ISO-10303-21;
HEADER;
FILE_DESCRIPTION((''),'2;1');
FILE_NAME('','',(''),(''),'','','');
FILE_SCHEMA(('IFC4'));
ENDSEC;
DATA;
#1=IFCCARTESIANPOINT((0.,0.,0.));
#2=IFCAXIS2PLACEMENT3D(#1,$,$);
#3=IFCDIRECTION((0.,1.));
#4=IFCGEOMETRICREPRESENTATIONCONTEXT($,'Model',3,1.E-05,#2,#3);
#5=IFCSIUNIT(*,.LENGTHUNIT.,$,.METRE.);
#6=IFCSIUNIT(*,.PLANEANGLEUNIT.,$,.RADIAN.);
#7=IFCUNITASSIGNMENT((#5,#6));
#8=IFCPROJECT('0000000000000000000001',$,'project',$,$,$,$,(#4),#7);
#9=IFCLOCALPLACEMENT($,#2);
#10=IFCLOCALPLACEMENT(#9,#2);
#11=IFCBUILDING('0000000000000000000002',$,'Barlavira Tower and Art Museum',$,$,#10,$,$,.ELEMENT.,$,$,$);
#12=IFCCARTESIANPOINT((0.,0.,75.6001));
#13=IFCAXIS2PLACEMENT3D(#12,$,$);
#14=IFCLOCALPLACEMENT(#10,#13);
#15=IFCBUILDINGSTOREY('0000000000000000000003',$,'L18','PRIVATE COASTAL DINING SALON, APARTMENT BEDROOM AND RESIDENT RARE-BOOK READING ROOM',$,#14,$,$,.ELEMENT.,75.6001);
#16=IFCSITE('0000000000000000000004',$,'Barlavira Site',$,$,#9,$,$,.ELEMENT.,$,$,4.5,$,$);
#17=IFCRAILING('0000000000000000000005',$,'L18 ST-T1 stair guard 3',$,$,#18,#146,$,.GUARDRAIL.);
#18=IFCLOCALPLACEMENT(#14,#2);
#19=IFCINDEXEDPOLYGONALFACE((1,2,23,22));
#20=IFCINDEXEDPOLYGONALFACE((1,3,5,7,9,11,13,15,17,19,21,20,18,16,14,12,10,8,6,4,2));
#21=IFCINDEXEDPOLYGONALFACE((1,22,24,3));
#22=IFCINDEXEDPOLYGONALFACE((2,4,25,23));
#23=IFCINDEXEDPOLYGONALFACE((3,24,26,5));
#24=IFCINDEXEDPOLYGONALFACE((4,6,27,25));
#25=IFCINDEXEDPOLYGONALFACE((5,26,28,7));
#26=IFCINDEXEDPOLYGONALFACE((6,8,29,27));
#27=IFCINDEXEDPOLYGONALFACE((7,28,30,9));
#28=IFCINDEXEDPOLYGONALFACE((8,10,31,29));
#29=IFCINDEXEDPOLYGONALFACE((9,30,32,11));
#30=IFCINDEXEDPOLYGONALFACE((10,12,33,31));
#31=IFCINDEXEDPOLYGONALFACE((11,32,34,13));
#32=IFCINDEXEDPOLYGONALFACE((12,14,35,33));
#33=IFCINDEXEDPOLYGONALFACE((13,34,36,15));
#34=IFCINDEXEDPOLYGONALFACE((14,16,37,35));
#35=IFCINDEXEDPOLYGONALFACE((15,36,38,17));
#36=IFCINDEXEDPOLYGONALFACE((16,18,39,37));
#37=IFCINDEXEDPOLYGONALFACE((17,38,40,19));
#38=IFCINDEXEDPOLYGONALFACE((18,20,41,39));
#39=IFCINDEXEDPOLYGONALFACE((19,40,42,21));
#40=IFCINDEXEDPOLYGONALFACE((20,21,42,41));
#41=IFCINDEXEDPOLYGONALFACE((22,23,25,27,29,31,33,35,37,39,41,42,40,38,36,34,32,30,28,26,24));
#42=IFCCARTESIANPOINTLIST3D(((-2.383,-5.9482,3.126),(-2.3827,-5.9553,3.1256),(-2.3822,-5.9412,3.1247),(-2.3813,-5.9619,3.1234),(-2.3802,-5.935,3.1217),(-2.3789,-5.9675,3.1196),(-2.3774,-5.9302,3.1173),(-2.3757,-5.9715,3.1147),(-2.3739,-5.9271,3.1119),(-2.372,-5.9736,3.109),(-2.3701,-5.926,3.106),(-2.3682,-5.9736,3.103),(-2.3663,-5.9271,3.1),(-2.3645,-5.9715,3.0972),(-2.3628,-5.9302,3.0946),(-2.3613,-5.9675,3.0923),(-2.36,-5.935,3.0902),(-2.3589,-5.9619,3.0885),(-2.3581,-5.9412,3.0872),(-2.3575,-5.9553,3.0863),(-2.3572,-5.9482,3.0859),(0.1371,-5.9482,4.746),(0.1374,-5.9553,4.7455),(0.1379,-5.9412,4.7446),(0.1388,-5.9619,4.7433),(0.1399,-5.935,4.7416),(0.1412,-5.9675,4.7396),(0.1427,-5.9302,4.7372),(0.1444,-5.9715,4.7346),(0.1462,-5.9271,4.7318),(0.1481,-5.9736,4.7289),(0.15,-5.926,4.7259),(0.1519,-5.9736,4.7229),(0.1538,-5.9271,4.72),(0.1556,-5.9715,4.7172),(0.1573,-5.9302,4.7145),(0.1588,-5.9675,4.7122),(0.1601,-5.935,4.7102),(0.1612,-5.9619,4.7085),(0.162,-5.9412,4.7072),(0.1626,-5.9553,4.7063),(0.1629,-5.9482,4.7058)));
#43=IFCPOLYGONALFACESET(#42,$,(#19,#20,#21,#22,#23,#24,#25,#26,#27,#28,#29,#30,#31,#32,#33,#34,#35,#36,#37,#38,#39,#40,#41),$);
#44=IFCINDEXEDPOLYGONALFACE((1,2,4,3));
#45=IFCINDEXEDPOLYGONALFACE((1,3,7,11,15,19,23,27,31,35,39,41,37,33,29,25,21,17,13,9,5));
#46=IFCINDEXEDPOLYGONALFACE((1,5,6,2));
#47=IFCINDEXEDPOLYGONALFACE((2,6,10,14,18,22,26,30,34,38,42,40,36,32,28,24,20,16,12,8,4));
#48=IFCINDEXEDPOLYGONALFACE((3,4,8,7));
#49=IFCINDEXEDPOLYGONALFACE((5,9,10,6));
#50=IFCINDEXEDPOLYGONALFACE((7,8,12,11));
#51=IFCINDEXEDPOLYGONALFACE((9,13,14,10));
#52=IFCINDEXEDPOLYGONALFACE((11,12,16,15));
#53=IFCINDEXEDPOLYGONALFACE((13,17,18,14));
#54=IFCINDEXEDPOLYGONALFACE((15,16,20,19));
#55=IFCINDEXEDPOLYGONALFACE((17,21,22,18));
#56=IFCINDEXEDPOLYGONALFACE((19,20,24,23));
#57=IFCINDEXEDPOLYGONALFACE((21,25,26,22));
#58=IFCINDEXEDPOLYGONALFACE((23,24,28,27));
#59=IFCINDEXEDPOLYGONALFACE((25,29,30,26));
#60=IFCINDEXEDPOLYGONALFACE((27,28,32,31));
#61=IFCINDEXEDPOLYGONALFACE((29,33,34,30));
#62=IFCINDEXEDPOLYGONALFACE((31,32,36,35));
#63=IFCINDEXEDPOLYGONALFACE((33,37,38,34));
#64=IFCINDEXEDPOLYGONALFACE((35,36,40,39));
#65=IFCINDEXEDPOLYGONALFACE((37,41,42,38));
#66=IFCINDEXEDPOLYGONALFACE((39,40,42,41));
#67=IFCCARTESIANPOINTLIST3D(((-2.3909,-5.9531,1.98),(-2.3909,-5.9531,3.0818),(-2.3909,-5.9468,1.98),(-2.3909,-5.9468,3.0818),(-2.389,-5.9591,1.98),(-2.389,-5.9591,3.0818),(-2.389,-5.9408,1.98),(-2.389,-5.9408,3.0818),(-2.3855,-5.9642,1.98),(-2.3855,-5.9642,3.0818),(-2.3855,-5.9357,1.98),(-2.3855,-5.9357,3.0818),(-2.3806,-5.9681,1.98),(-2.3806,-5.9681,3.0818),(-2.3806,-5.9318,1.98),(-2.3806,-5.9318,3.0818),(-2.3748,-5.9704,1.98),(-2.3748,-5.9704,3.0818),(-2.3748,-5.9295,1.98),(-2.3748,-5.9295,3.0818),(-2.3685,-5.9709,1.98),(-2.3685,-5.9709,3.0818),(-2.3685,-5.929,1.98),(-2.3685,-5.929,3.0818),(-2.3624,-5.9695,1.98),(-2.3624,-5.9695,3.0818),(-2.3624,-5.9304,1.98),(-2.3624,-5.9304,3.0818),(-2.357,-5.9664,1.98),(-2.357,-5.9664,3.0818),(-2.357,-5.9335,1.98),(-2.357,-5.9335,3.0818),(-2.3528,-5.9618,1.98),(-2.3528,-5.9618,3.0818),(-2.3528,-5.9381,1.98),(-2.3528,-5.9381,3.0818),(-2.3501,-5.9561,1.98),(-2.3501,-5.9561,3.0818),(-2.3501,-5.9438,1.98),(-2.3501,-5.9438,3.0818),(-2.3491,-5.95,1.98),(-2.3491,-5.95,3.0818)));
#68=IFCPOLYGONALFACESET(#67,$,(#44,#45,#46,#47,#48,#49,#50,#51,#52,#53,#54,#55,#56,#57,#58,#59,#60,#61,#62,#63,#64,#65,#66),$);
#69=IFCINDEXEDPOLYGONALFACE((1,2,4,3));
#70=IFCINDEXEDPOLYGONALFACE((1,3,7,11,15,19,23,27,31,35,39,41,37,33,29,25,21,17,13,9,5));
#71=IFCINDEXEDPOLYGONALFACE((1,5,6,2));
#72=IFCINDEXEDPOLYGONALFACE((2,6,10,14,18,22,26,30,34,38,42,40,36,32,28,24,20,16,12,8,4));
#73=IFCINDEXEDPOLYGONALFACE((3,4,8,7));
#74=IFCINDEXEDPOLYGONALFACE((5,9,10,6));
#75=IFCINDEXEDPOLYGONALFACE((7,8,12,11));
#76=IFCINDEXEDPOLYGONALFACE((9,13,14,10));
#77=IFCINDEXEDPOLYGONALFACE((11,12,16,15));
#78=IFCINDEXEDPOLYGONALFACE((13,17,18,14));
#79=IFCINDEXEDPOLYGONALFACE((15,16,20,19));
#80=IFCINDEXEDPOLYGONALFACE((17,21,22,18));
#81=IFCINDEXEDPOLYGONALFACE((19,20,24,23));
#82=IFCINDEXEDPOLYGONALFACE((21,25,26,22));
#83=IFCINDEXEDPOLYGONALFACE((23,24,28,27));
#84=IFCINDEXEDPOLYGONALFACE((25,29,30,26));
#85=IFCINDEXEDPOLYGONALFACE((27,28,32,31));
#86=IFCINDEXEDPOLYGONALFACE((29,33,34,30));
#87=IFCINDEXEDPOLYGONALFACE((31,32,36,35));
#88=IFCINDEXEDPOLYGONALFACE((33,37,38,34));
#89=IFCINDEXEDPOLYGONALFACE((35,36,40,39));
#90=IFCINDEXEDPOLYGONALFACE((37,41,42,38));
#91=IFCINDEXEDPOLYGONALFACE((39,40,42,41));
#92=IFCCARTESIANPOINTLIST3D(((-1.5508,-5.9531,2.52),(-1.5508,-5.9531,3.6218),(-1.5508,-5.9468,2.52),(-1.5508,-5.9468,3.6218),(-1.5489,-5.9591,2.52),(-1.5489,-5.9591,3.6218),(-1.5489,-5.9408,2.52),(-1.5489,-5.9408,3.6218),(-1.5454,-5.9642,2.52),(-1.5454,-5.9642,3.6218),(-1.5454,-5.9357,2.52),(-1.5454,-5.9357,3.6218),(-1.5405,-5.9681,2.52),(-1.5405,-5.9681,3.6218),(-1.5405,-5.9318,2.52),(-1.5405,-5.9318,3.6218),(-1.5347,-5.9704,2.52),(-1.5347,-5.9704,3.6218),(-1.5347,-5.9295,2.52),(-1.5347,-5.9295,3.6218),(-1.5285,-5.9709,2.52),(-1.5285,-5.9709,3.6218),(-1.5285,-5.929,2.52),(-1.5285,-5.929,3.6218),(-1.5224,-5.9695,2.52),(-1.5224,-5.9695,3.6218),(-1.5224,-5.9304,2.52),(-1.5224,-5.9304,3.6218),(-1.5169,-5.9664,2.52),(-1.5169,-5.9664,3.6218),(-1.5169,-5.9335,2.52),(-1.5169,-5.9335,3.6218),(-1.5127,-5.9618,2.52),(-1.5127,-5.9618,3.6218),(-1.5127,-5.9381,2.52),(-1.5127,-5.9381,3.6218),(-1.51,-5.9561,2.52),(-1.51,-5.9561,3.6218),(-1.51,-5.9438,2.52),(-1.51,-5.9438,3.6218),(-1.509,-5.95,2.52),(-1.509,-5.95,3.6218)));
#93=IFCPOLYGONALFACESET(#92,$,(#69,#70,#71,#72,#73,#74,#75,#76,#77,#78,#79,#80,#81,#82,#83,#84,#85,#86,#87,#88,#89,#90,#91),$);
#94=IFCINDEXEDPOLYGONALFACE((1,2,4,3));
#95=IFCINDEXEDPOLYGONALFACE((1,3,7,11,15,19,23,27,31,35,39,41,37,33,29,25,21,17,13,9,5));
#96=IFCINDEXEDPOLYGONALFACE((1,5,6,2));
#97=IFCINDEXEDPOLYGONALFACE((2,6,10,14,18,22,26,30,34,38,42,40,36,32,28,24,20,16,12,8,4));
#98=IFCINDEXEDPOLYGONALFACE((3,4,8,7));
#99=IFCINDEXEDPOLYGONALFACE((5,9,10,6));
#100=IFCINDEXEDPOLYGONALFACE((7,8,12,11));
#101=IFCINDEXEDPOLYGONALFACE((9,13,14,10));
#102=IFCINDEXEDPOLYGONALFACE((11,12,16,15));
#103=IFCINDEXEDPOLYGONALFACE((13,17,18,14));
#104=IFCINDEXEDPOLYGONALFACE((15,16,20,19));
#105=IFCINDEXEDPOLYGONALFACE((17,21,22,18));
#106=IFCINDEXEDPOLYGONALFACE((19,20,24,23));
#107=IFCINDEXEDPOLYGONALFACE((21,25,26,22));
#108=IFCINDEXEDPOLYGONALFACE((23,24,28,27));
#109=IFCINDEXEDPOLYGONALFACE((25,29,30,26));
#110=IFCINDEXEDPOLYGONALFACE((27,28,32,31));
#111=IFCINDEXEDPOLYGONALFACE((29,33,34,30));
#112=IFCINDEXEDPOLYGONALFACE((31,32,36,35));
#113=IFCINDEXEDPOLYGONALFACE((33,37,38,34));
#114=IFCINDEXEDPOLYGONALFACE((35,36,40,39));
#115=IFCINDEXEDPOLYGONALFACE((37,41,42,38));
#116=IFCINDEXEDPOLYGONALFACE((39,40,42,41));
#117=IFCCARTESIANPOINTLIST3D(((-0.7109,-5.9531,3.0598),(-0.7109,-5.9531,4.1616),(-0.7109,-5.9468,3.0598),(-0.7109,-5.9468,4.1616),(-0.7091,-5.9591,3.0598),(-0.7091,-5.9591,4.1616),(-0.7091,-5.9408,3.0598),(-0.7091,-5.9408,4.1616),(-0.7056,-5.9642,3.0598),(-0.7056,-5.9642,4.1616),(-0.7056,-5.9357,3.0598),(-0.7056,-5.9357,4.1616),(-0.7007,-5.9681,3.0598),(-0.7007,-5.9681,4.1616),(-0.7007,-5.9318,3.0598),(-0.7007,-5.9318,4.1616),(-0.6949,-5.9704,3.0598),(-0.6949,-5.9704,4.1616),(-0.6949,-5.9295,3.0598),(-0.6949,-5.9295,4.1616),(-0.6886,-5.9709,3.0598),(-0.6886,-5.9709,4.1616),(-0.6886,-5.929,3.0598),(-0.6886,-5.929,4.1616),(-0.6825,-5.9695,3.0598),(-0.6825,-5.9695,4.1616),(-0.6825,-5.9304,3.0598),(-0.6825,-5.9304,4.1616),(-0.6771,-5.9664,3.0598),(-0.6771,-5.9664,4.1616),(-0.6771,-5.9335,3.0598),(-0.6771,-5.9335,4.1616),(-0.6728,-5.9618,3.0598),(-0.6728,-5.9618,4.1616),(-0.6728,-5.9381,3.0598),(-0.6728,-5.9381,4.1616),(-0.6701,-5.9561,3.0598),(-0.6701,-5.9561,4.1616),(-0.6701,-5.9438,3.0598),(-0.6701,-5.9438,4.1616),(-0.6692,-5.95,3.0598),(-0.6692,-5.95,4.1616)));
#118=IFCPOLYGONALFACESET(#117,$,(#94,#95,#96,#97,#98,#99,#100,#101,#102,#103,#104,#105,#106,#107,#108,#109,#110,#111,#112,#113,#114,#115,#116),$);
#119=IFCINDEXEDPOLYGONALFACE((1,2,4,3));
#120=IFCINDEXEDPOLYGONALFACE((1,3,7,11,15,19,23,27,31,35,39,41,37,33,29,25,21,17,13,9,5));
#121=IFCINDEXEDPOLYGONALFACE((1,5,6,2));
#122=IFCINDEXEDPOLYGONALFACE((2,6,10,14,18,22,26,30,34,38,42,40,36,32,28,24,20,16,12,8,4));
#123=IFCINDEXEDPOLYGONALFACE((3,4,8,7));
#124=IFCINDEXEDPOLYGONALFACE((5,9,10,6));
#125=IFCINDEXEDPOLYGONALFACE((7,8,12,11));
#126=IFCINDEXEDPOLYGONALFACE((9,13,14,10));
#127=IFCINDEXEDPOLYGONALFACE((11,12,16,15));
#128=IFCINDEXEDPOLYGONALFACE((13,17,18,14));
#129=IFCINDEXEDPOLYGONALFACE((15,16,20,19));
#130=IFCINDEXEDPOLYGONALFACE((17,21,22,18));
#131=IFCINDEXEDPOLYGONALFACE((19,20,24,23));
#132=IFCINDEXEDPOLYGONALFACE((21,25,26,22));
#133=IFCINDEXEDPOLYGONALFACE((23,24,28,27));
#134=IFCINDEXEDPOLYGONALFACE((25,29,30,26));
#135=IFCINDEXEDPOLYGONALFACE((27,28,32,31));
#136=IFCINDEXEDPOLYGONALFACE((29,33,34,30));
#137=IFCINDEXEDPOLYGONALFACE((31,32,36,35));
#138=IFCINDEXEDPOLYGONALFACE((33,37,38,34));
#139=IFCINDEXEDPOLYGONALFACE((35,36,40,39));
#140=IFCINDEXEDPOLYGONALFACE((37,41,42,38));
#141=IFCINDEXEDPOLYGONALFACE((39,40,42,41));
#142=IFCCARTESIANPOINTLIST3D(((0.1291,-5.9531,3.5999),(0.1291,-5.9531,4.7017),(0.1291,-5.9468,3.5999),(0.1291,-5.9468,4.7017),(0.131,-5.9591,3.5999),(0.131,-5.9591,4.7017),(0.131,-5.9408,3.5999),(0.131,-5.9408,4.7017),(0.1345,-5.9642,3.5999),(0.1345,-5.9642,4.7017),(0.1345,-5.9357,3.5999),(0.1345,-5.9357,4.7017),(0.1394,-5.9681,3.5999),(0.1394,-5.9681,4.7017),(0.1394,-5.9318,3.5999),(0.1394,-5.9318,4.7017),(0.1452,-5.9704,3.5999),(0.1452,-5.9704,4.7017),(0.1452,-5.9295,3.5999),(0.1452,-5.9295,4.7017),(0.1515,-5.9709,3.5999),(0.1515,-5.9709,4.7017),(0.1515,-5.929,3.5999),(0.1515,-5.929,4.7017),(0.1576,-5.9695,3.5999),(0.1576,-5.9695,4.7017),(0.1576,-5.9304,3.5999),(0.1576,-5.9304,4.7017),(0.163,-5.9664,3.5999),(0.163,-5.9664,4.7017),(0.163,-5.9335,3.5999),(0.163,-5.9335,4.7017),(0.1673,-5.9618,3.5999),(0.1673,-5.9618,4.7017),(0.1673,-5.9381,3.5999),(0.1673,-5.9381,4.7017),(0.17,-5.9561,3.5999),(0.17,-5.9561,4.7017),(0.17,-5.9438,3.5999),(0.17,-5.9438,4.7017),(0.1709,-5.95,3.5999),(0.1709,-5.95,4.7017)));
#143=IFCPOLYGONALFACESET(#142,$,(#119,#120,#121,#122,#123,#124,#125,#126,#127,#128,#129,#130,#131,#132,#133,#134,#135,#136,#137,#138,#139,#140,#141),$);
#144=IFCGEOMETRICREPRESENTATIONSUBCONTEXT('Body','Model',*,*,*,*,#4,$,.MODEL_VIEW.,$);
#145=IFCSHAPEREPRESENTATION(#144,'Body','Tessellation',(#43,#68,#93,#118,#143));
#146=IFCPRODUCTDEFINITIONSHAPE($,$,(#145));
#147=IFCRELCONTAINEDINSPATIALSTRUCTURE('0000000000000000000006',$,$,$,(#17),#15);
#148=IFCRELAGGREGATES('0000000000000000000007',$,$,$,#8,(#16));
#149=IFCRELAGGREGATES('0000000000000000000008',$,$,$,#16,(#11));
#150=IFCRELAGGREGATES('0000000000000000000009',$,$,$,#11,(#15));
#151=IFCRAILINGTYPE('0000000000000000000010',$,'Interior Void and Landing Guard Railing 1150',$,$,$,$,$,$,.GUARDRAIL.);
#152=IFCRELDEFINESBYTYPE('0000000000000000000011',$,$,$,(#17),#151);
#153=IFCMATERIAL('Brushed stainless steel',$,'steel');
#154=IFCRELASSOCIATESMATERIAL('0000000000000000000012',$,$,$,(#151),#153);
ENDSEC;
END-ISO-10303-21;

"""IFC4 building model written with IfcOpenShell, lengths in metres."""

from ifc_helpers import new_model, si_unit, direction, frame, origin, origin_2d, place, context, subcontext, project, spatial, circle, extrude, material, type_object, element, save


model = new_model("IFC4")

# Units and contexts
model_context = context("Model", 3, precision=1e-05, world=origin(), true_north=direction((0.0, 1.0)))
body_context = subcontext(model_context, "Body", "Model", "MODEL_VIEW")
ifc_project = project(units=[si_unit("LENGTHUNIT", "METRE"), si_unit("PLANEANGLEUNIT", "RADIAN")], contexts=[model_context])

# Site, building, storey
site_placement = place(None, origin())
site = spatial("IfcSite", under=ifc_project, at=site_placement, Name="Barlavira Site", CompositionType="ELEMENT", RefElevation=4.5)
building_placement = place(site_placement, origin())
building = spatial("IfcBuilding", under=site, at=building_placement, Name="Barlavira Tower and Art Museum", CompositionType="ELEMENT")
storey_placement = place(building_placement, frame((0.0, 0.0, 75.6001)))
storey = spatial("IfcBuildingStorey", under=building, at=storey_placement, Name="L18", Description="PRIVATE COASTAL DINING SALON, APARTMENT BEDROOM AND RESIDENT RARE-BOOK READING ROOM", CompositionType="ELEMENT", Elevation=75.6001)

# Shared definitions
ifc_material_1 = material(Name="Brushed stainless steel", Category="steel")

# Railing
railing_type_1 = type_object("IfcRailingType", Name="Interior Void and Landing Guard Railing 1150", PredefinedType="GUARDRAIL", material=ifc_material_1)
railing_1_placement = place(storey_placement, frame((-2.3701, -5.95, 1.98)))
element("IfcRailing", 1, at=railing_1_placement, inside=storey, type_object=railing_type_1, Name="L18 ST-T1 stair guard 3", PredefinedType="GUARDRAIL", context=body_context, shape_type="SweptSolid", body=[
    extrude(circle(Radius=0.0239, at=origin_2d()), frame((0.0, 0.0, 1.126), z_axis=(0.8412, 0.0, 0.540725), x_axis=(0.0, 1.0, 0.0)), (0.0, 0.0, 1.0), 2.9958),
    extrude(circle(Radius=0.021, at=origin_2d()), origin(), (0.0, 0.0, 1.0), 1.1018),
    extrude(circle(Radius=0.021, at=origin_2d()), frame((0.8401, 0.0, 0.54)), (0.0, 0.0, 1.0), 1.1018),
    extrude(circle(Radius=0.021, at=origin_2d()), frame((1.6799, 0.0, 1.0798)), (0.0, 0.0, 1.0), 1.1018),
    extrude(circle(Radius=0.021, at=origin_2d()), frame((2.52, 0.0, 1.6199)), (0.0, 0.0, 1.0), 1.1018),
])

save(model, "model.ifc")
